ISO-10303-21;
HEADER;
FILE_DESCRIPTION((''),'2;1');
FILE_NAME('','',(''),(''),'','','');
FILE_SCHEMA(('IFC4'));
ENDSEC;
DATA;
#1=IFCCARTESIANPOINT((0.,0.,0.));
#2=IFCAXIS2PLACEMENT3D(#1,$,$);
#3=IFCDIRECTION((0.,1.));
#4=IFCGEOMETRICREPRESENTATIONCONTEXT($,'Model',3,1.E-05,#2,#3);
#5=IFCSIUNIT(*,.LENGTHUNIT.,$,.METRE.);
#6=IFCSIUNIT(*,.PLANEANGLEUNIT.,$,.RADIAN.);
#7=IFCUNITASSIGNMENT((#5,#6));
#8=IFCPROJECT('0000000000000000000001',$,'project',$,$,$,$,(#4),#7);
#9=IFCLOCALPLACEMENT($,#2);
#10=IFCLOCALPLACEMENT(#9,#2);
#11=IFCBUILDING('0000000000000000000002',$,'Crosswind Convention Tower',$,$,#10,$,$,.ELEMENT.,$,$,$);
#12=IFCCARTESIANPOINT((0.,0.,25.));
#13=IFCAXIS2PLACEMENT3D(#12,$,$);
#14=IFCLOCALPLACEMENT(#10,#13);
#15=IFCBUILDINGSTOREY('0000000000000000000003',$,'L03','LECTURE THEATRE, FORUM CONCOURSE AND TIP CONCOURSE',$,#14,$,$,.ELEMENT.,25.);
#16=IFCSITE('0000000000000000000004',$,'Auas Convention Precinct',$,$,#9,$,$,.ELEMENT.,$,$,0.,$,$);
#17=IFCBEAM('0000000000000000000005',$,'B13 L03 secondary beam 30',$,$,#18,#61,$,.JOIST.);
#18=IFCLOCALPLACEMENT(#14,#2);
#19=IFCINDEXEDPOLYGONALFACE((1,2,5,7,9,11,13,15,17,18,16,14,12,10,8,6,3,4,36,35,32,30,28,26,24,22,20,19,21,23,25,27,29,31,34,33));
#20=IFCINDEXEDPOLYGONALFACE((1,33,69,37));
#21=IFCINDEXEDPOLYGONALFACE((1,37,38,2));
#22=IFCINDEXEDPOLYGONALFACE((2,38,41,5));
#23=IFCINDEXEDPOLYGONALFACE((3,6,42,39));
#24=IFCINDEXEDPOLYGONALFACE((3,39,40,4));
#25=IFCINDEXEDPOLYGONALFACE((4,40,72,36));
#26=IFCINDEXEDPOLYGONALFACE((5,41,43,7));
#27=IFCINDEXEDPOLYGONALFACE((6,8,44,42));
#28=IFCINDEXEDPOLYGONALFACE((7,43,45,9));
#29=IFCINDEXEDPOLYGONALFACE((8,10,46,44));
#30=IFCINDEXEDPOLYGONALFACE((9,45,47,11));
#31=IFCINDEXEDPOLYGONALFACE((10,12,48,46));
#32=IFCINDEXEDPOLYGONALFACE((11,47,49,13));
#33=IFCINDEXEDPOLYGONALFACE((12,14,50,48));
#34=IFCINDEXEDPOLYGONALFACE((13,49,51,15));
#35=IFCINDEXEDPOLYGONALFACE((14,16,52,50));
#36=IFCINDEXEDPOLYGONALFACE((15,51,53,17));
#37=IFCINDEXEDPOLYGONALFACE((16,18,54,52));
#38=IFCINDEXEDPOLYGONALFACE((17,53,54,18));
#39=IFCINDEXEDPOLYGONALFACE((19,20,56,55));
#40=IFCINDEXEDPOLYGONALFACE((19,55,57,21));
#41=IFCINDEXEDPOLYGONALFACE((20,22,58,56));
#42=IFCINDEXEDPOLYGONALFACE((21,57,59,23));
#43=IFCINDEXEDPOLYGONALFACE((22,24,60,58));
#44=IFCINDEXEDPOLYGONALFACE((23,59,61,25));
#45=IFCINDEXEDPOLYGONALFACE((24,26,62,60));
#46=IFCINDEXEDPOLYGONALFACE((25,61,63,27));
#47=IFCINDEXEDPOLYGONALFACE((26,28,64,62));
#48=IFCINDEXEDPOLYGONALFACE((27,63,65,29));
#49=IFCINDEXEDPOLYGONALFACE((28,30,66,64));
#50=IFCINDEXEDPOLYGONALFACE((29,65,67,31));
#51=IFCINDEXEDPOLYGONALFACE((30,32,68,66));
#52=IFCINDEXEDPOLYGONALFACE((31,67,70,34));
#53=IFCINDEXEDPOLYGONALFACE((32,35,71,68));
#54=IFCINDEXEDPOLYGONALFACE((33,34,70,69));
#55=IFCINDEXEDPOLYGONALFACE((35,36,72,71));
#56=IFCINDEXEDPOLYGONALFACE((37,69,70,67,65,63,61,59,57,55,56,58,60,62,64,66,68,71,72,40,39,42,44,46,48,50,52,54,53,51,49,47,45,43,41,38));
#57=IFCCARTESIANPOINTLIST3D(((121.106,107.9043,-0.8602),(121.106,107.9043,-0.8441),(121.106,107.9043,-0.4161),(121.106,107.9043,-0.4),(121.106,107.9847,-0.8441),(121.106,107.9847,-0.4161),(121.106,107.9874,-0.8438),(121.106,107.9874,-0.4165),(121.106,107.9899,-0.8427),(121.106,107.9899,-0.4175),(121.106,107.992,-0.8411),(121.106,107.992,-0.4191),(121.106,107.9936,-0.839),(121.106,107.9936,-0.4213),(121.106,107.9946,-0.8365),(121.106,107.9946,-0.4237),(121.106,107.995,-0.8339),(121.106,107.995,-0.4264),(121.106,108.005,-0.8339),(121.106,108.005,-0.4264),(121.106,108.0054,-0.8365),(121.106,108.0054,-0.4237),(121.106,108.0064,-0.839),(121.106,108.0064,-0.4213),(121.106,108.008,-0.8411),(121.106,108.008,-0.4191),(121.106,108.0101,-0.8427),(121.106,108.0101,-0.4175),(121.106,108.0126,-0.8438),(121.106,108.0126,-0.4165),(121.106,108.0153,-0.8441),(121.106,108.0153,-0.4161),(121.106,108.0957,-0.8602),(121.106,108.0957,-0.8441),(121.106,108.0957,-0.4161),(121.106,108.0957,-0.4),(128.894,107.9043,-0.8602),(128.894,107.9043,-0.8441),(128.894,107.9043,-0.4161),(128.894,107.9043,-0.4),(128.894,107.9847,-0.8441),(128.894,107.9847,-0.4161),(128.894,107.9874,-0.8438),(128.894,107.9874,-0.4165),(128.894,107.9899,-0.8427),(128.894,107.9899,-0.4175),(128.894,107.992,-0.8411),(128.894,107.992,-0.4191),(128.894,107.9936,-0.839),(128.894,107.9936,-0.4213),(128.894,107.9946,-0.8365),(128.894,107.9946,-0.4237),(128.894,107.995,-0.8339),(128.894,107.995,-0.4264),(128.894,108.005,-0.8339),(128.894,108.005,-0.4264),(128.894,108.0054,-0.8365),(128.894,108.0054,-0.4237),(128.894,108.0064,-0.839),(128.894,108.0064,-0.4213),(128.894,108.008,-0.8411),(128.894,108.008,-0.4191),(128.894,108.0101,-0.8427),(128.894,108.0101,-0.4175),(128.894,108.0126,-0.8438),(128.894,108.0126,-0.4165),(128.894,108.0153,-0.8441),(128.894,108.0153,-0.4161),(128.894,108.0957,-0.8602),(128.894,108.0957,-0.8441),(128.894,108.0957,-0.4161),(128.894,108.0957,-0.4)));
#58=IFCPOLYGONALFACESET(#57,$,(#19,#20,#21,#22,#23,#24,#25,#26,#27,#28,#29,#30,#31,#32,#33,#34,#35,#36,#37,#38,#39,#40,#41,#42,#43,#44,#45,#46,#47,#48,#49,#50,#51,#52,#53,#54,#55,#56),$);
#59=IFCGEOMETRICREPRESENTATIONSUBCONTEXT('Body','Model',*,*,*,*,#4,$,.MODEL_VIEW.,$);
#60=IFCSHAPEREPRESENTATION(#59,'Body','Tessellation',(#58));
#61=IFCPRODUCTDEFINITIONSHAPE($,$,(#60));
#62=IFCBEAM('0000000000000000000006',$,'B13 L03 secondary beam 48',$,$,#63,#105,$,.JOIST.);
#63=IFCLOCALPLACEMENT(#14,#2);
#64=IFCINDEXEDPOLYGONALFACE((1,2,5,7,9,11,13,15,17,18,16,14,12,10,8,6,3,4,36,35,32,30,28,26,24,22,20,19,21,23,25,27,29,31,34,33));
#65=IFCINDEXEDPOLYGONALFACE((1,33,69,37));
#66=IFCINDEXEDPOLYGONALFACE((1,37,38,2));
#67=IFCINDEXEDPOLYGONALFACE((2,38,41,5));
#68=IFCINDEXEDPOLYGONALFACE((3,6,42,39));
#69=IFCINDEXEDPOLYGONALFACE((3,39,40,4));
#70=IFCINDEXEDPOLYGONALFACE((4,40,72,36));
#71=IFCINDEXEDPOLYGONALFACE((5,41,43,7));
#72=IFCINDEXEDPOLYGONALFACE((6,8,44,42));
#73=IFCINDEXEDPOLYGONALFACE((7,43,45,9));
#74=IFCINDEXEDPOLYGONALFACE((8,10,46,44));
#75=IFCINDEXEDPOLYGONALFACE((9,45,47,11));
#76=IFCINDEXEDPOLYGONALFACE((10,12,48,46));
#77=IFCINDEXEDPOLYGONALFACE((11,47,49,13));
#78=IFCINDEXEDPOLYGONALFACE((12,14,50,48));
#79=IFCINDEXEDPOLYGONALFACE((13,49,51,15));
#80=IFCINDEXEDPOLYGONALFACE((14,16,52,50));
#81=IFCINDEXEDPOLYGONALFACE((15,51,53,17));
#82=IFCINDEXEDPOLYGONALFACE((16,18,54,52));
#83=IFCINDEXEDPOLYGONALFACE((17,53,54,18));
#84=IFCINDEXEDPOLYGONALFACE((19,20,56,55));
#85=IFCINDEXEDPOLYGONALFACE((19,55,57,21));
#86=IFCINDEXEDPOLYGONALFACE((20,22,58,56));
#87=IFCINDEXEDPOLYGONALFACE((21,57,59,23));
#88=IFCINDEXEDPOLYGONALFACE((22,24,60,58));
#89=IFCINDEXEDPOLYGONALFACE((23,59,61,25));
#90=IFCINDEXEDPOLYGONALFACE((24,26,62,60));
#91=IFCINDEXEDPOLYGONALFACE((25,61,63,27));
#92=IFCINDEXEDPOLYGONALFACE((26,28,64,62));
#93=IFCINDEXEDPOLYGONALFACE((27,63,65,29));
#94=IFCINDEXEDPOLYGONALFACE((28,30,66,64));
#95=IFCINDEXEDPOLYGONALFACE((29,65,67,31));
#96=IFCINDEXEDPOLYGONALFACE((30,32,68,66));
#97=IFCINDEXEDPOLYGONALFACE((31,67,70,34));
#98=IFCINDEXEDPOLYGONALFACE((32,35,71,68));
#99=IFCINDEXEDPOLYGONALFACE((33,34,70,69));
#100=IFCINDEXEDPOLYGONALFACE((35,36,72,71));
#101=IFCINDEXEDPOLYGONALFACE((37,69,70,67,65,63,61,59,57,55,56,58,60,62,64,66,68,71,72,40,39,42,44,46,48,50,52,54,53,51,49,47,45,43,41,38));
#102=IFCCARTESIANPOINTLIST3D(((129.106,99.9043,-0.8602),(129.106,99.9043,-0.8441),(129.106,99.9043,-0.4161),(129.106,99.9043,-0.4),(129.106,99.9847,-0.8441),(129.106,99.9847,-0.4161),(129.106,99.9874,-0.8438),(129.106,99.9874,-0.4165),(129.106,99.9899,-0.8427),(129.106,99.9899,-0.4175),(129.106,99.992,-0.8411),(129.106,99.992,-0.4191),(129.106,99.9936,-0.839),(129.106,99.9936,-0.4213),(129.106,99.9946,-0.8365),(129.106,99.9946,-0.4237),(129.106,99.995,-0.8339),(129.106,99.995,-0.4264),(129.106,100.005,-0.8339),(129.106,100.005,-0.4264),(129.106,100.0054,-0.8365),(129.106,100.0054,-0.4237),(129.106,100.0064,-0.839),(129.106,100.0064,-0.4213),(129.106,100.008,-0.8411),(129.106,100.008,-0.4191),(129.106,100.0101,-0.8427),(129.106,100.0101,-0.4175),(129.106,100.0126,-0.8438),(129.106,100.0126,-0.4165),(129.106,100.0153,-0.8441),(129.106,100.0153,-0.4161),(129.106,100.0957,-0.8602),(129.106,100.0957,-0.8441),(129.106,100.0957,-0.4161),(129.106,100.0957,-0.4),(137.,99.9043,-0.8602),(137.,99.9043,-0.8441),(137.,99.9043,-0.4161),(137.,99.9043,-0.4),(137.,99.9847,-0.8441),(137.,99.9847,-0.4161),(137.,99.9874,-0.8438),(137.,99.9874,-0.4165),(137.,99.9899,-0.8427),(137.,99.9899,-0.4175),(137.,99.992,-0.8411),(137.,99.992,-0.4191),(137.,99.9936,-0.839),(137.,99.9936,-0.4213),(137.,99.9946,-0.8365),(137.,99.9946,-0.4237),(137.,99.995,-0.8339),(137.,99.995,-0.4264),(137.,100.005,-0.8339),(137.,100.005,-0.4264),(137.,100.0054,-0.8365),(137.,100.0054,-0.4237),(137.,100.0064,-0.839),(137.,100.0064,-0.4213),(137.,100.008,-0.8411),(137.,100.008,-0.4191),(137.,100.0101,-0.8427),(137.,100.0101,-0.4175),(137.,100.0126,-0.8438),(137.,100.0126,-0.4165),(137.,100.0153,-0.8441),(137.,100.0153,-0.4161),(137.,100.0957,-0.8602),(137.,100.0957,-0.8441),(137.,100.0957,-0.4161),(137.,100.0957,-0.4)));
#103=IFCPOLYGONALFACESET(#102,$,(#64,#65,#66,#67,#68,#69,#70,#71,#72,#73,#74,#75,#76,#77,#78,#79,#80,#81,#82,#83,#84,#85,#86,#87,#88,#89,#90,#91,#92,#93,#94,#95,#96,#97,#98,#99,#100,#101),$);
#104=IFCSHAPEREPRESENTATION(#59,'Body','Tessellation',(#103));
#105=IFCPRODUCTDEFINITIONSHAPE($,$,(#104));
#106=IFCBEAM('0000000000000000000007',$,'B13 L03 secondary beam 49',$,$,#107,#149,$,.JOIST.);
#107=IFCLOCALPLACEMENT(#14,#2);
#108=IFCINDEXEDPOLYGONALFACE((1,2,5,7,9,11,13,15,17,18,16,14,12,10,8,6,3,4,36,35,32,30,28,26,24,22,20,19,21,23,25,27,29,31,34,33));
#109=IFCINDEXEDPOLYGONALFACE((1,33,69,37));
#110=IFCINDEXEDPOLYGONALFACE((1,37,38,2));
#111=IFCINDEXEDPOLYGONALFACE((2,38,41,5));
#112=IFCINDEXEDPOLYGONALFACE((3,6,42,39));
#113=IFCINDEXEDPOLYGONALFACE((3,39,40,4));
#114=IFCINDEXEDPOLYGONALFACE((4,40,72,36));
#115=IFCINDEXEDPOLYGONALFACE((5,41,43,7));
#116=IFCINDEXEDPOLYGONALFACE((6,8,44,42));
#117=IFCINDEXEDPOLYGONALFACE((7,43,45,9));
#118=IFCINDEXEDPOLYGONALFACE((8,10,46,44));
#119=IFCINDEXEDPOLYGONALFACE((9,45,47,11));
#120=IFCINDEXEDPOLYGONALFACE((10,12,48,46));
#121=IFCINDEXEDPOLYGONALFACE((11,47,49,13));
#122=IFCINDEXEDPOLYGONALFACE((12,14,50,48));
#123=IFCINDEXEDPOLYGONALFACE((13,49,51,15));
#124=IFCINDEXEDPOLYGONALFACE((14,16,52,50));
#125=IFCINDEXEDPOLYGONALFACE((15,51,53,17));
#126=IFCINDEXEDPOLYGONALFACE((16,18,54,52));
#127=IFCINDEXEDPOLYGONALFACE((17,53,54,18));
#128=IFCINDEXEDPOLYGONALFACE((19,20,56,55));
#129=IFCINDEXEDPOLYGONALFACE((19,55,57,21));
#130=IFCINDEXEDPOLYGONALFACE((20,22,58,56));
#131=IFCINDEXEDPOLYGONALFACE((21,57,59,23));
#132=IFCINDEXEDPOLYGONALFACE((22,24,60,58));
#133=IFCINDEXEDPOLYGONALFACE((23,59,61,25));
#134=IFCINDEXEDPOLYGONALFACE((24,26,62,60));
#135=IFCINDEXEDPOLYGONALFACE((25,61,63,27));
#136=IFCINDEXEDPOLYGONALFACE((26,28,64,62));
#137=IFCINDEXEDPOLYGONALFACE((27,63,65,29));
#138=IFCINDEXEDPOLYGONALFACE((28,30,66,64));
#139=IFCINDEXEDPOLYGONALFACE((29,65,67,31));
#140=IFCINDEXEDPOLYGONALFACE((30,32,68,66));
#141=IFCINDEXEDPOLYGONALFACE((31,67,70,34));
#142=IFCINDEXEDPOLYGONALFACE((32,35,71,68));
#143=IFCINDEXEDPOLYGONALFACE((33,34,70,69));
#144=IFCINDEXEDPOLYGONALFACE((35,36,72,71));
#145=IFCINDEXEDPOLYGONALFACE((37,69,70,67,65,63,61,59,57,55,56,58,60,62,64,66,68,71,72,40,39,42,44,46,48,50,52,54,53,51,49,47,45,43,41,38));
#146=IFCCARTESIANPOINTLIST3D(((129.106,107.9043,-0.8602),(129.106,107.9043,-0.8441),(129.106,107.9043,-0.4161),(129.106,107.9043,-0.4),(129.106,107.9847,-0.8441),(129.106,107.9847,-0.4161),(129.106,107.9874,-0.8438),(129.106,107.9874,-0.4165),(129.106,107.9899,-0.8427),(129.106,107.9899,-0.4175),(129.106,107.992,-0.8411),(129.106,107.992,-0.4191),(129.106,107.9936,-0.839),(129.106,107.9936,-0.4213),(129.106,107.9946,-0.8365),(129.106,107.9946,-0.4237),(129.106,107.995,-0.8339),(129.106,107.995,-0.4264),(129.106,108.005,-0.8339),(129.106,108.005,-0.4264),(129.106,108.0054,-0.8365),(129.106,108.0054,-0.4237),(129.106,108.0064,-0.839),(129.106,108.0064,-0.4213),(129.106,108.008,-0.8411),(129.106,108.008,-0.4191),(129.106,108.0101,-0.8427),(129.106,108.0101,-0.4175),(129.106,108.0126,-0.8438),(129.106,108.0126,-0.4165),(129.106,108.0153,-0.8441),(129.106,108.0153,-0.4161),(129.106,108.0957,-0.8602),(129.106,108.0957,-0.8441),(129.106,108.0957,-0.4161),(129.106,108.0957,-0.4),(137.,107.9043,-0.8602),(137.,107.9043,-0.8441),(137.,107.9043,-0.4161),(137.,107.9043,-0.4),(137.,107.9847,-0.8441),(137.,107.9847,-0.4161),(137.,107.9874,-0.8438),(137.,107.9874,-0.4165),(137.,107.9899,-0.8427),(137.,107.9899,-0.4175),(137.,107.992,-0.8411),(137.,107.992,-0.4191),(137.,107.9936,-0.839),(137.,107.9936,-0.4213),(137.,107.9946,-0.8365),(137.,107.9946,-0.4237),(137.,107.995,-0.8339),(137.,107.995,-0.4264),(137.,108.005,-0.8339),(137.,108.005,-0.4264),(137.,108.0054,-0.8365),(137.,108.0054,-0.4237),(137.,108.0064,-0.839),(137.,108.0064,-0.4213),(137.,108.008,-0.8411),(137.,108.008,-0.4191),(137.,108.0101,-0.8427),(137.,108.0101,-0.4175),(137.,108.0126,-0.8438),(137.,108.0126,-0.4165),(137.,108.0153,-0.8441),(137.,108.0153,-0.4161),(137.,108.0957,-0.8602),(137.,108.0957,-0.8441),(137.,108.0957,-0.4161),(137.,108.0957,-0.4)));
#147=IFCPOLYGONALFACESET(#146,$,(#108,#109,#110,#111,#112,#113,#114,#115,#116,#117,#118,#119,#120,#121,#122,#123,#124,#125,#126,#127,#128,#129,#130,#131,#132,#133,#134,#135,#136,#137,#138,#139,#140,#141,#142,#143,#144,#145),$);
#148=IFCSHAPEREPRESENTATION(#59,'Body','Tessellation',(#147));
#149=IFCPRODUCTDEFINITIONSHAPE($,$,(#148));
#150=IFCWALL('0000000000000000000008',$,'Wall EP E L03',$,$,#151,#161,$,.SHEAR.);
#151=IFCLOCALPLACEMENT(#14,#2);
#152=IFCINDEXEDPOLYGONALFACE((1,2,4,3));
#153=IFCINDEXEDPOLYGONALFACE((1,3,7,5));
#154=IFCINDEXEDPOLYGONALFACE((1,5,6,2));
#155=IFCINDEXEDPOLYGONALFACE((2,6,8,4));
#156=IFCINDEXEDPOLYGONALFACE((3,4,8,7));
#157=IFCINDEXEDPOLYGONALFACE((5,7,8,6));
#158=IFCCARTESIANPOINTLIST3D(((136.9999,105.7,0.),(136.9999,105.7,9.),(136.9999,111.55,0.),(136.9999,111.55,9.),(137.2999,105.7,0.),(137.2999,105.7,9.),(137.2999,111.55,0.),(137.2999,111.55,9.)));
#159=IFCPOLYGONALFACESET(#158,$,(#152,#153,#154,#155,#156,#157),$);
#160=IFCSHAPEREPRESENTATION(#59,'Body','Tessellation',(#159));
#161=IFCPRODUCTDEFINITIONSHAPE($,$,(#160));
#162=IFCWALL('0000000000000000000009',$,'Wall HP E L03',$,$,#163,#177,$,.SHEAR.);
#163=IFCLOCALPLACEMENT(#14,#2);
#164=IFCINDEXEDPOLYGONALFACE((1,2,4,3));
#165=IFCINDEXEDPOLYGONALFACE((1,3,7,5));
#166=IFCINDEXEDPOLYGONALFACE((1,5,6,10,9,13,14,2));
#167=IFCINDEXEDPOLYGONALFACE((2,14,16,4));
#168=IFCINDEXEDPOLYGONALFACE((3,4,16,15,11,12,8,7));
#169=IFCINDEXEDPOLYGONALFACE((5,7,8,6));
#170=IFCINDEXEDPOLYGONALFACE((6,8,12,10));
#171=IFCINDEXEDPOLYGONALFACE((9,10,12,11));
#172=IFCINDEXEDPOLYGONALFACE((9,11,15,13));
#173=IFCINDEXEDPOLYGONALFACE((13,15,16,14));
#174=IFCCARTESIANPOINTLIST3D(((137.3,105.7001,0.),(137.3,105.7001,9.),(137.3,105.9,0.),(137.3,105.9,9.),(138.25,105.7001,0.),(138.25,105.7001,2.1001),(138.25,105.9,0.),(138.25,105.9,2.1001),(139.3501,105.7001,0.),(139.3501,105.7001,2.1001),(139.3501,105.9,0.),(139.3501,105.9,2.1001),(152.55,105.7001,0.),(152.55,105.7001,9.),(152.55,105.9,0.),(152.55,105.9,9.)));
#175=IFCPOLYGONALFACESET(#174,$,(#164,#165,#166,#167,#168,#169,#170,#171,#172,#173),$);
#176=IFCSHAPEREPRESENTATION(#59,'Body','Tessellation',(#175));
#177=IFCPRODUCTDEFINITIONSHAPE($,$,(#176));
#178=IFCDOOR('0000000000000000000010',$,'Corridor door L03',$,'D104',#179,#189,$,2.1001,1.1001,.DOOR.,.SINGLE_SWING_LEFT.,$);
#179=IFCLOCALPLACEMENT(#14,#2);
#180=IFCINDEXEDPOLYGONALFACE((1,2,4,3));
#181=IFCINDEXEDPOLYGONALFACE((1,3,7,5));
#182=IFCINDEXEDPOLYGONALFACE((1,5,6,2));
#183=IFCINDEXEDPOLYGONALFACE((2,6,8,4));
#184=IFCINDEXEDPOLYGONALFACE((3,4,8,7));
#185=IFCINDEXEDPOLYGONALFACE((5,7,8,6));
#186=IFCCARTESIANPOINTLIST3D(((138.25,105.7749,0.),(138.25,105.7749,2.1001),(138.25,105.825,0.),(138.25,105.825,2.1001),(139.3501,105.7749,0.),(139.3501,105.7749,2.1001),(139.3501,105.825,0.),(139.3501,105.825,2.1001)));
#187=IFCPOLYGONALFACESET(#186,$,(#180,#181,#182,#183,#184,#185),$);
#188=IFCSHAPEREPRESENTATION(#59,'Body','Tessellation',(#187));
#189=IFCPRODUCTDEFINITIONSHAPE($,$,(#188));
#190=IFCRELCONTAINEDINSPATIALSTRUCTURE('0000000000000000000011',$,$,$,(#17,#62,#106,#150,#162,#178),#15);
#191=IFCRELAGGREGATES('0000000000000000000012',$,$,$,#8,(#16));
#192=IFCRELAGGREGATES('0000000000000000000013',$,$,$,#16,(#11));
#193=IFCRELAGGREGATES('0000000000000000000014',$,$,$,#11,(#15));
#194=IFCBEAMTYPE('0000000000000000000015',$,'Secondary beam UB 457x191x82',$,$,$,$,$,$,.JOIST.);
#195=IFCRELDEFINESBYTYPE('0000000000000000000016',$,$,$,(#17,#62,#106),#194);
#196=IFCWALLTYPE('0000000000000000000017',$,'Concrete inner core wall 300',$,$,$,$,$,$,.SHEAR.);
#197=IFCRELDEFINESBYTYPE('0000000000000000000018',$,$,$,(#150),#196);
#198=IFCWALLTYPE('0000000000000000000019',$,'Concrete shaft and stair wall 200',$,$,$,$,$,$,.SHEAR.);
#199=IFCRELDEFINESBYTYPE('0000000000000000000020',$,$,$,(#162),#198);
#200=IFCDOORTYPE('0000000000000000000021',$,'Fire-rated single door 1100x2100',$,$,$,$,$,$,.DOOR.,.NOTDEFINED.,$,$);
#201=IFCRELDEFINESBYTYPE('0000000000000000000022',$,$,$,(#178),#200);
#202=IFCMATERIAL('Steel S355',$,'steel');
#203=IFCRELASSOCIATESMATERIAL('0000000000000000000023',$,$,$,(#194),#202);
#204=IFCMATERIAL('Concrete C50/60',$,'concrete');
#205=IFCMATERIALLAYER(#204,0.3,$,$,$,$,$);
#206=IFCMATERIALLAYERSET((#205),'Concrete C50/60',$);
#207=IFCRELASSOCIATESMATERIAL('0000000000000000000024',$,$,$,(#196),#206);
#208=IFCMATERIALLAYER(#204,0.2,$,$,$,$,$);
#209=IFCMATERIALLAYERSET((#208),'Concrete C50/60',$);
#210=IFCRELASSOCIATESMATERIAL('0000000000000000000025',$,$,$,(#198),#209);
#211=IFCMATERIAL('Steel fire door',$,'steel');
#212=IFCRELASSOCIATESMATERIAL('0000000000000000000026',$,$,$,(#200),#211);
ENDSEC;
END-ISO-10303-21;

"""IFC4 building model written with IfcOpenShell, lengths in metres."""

from ifc_helpers import new_model, si_unit, direction, frame, frame_2d, origin, origin_2d, place, context, subcontext, project, spatial, rectangle, i_section, extrude, material, layer, layer_set, material_profile, profile_set, type_object, element, fill, save


model = new_model("IFC4")

# Units and contexts
model_context = context("Model", 3, precision=1e-05, world=origin(), true_north=direction((0.0, 1.0)))
body_context = subcontext(model_context, "Body", "Model", "MODEL_VIEW")
ifc_project = project(units=[si_unit("LENGTHUNIT", "METRE"), si_unit("PLANEANGLEUNIT", "RADIAN")], contexts=[model_context])

# Site, building, storey
site_placement = place(None, origin())
site = spatial("IfcSite", under=ifc_project, at=site_placement, Name="Auas Convention Precinct", CompositionType="ELEMENT", RefElevation=0.0)
building_placement = place(site_placement, origin())
building = spatial("IfcBuilding", under=site, at=building_placement, Name="Crosswind Convention Tower", CompositionType="ELEMENT")
storey_placement = place(building_placement, frame((0.0, 0.0, 25.0)))
storey = spatial("IfcBuildingStorey", under=building, at=storey_placement, Name="L03", Description="LECTURE THEATRE, FORUM CONCOURSE AND TIP CONCOURSE", CompositionType="ELEMENT", Elevation=25.0)

# Beams
ifc_material_1 = material(Name="Steel S355", Category="steel")
ifc_material_profile_1 = material_profile(ifc_material_1, i_section(OverallWidth=0.1914, OverallDepth=0.4602, WebThickness=0.01, FlangeThickness=0.0161, FilletRadius=0.0103, at=origin_2d()), Name="UB 457x191x82")
ifc_profile_set_1 = profile_set([ifc_material_profile_1], Name="Steel S355")
beam_type_1 = type_object("IfcBeamType", Name="Secondary beam UB 457x191x82", PredefinedType="JOIST", material=ifc_profile_set_1)
for number, where, z_axis, x_axis, name in (
    (1, (121.106, 108.0, -0.6301), (1.0, 0.0, 0.0), (0.0, 1.0, 0.0), "B13 L03 secondary beam 30"),
):
    element("IfcBeam", number, at=place(storey_placement, frame(where, z_axis=z_axis, x_axis=x_axis)), inside=storey, type_object=beam_type_1, Name=name, PredefinedType="JOIST", context=body_context, shape_type="SweptSolid", body=[
        extrude(i_section(OverallWidth=0.1914, OverallDepth=0.4602, WebThickness=0.01, FlangeThickness=0.0161, FilletRadius=0.0103, at=origin_2d()), origin(), (0.0, 0.0, 1.0), 7.7881),
    ])
for number, where, z_axis, x_axis, name in (
    (2, (129.106, 100.0, -0.6301), (1.0, 0.0, 0.0), (0.0, 1.0, 0.0), "B13 L03 secondary beam 48"),
    (3, (129.106, 108.0, -0.6301), (1.0, 0.0, 0.0), (0.0, 1.0, 0.0), "B13 L03 secondary beam 49"),
):
    element("IfcBeam", number, at=place(storey_placement, frame(where, z_axis=z_axis, x_axis=x_axis)), inside=storey, type_object=beam_type_1, Name=name, PredefinedType="JOIST", context=body_context, shape_type="SweptSolid", body=[
        extrude(i_section(OverallWidth=0.1914, OverallDepth=0.4602, WebThickness=0.01, FlangeThickness=0.0161, FilletRadius=0.0103, at=origin_2d()), origin(), (0.0, 0.0, 1.0), 7.894),
    ])

# Wall
ifc_material_2 = material(Name="Concrete C50/60", Category="concrete")
ifc_layer_1 = layer(ifc_material_2, 0.3)
ifc_layer_set_1 = layer_set([ifc_layer_1], Name="Concrete C50/60")
wall_type_1 = type_object("IfcWallType", Name="Concrete inner core wall 300", PredefinedType="SHEAR", material=ifc_layer_set_1)
wall_1_placement = place(storey_placement, frame((137.1499, 105.7, 0.0), z_axis=(0.0, 0.0, 1.0), x_axis=(0.0, 1.0, 0.0)))
element("IfcWall", 4, at=wall_1_placement, inside=storey, type_object=wall_type_1, Name="Wall EP E L03", PredefinedType="SHEAR", context=body_context, shape_type="SweptSolid", body=[
    extrude(rectangle(XDim=5.8501, YDim=0.3, at=frame_2d((2.925, 0.0))), origin(), (0.0, 0.0, 1.0), 9.0),
])

# Wall, opening, door
ifc_layer_2 = layer(ifc_material_2, 0.2)
ifc_layer_set_2 = layer_set([ifc_layer_2], Name="Concrete C50/60")
wall_type_2 = type_object("IfcWallType", Name="Concrete shaft and stair wall 200", PredefinedType="SHEAR", material=ifc_layer_set_2)
wall_2_placement = place(storey_placement, frame((137.3, 105.8, 0.0), z_axis=(0.0, 0.0, 1.0), x_axis=(1.0, 0.0, 0.0)))
wall_2 = element("IfcWall", 5, at=wall_2_placement, inside=storey, type_object=wall_type_2, Name="Wall HP E L03", PredefinedType="SHEAR", context=body_context, shape_type="SweptSolid", body=[
    extrude(rectangle(XDim=15.25, YDim=0.2, at=frame_2d((7.625, 0.0))), origin(), (0.0, 0.0, 1.0), 9.0),
])
opening_1_placement = place(wall_2_placement, frame((0.95, 0.0, 0.0)))
opening_1 = element("IfcOpeningElement", 6, at=opening_1_placement, cuts=wall_2, PredefinedType="OPENING", context=body_context, shape_type="SweptSolid", body=[
    extrude(rectangle(XDim=1.1001, YDim=2.1001, at=frame_2d((0.55, 1.05))), frame((0.0, 0.1099, 0.0), z_axis=(0.0, -1.0, 0.0), x_axis=(1.0, 0.0, 0.0)), (0.0, 0.0, 1.0), 0.22),
])
ifc_material_3 = material(Name="Steel fire door", Category="steel")
door_type_1 = type_object("IfcDoorType", Name="Fire-rated single door 1100x2100", OperationType="NOTDEFINED", PredefinedType="DOOR", material=ifc_material_3)
door_1_placement = place(opening_1_placement, origin())
door_1 = element("IfcDoor", 7, at=door_1_placement, inside=storey, type_object=door_type_1, Name="Corridor door L03", ObjectType="D104", OperationType="SINGLE_SWING_LEFT", OverallHeight=2.1001, OverallWidth=1.1001, PredefinedType="DOOR", context=body_context, shape_type="SweptSolid", body=[
    extrude(rectangle(XDim=1.1001, YDim=2.1001, at=frame_2d((0.55, 1.05))), frame((0.0, 0.0249, 0.0), z_axis=(0.0, -1.0, 0.0), x_axis=(1.0, 0.0, 0.0)), (0.0, 0.0, 1.0), 0.05),
])
fill(opening_1, door_1)

save(model, "model.ifc")
